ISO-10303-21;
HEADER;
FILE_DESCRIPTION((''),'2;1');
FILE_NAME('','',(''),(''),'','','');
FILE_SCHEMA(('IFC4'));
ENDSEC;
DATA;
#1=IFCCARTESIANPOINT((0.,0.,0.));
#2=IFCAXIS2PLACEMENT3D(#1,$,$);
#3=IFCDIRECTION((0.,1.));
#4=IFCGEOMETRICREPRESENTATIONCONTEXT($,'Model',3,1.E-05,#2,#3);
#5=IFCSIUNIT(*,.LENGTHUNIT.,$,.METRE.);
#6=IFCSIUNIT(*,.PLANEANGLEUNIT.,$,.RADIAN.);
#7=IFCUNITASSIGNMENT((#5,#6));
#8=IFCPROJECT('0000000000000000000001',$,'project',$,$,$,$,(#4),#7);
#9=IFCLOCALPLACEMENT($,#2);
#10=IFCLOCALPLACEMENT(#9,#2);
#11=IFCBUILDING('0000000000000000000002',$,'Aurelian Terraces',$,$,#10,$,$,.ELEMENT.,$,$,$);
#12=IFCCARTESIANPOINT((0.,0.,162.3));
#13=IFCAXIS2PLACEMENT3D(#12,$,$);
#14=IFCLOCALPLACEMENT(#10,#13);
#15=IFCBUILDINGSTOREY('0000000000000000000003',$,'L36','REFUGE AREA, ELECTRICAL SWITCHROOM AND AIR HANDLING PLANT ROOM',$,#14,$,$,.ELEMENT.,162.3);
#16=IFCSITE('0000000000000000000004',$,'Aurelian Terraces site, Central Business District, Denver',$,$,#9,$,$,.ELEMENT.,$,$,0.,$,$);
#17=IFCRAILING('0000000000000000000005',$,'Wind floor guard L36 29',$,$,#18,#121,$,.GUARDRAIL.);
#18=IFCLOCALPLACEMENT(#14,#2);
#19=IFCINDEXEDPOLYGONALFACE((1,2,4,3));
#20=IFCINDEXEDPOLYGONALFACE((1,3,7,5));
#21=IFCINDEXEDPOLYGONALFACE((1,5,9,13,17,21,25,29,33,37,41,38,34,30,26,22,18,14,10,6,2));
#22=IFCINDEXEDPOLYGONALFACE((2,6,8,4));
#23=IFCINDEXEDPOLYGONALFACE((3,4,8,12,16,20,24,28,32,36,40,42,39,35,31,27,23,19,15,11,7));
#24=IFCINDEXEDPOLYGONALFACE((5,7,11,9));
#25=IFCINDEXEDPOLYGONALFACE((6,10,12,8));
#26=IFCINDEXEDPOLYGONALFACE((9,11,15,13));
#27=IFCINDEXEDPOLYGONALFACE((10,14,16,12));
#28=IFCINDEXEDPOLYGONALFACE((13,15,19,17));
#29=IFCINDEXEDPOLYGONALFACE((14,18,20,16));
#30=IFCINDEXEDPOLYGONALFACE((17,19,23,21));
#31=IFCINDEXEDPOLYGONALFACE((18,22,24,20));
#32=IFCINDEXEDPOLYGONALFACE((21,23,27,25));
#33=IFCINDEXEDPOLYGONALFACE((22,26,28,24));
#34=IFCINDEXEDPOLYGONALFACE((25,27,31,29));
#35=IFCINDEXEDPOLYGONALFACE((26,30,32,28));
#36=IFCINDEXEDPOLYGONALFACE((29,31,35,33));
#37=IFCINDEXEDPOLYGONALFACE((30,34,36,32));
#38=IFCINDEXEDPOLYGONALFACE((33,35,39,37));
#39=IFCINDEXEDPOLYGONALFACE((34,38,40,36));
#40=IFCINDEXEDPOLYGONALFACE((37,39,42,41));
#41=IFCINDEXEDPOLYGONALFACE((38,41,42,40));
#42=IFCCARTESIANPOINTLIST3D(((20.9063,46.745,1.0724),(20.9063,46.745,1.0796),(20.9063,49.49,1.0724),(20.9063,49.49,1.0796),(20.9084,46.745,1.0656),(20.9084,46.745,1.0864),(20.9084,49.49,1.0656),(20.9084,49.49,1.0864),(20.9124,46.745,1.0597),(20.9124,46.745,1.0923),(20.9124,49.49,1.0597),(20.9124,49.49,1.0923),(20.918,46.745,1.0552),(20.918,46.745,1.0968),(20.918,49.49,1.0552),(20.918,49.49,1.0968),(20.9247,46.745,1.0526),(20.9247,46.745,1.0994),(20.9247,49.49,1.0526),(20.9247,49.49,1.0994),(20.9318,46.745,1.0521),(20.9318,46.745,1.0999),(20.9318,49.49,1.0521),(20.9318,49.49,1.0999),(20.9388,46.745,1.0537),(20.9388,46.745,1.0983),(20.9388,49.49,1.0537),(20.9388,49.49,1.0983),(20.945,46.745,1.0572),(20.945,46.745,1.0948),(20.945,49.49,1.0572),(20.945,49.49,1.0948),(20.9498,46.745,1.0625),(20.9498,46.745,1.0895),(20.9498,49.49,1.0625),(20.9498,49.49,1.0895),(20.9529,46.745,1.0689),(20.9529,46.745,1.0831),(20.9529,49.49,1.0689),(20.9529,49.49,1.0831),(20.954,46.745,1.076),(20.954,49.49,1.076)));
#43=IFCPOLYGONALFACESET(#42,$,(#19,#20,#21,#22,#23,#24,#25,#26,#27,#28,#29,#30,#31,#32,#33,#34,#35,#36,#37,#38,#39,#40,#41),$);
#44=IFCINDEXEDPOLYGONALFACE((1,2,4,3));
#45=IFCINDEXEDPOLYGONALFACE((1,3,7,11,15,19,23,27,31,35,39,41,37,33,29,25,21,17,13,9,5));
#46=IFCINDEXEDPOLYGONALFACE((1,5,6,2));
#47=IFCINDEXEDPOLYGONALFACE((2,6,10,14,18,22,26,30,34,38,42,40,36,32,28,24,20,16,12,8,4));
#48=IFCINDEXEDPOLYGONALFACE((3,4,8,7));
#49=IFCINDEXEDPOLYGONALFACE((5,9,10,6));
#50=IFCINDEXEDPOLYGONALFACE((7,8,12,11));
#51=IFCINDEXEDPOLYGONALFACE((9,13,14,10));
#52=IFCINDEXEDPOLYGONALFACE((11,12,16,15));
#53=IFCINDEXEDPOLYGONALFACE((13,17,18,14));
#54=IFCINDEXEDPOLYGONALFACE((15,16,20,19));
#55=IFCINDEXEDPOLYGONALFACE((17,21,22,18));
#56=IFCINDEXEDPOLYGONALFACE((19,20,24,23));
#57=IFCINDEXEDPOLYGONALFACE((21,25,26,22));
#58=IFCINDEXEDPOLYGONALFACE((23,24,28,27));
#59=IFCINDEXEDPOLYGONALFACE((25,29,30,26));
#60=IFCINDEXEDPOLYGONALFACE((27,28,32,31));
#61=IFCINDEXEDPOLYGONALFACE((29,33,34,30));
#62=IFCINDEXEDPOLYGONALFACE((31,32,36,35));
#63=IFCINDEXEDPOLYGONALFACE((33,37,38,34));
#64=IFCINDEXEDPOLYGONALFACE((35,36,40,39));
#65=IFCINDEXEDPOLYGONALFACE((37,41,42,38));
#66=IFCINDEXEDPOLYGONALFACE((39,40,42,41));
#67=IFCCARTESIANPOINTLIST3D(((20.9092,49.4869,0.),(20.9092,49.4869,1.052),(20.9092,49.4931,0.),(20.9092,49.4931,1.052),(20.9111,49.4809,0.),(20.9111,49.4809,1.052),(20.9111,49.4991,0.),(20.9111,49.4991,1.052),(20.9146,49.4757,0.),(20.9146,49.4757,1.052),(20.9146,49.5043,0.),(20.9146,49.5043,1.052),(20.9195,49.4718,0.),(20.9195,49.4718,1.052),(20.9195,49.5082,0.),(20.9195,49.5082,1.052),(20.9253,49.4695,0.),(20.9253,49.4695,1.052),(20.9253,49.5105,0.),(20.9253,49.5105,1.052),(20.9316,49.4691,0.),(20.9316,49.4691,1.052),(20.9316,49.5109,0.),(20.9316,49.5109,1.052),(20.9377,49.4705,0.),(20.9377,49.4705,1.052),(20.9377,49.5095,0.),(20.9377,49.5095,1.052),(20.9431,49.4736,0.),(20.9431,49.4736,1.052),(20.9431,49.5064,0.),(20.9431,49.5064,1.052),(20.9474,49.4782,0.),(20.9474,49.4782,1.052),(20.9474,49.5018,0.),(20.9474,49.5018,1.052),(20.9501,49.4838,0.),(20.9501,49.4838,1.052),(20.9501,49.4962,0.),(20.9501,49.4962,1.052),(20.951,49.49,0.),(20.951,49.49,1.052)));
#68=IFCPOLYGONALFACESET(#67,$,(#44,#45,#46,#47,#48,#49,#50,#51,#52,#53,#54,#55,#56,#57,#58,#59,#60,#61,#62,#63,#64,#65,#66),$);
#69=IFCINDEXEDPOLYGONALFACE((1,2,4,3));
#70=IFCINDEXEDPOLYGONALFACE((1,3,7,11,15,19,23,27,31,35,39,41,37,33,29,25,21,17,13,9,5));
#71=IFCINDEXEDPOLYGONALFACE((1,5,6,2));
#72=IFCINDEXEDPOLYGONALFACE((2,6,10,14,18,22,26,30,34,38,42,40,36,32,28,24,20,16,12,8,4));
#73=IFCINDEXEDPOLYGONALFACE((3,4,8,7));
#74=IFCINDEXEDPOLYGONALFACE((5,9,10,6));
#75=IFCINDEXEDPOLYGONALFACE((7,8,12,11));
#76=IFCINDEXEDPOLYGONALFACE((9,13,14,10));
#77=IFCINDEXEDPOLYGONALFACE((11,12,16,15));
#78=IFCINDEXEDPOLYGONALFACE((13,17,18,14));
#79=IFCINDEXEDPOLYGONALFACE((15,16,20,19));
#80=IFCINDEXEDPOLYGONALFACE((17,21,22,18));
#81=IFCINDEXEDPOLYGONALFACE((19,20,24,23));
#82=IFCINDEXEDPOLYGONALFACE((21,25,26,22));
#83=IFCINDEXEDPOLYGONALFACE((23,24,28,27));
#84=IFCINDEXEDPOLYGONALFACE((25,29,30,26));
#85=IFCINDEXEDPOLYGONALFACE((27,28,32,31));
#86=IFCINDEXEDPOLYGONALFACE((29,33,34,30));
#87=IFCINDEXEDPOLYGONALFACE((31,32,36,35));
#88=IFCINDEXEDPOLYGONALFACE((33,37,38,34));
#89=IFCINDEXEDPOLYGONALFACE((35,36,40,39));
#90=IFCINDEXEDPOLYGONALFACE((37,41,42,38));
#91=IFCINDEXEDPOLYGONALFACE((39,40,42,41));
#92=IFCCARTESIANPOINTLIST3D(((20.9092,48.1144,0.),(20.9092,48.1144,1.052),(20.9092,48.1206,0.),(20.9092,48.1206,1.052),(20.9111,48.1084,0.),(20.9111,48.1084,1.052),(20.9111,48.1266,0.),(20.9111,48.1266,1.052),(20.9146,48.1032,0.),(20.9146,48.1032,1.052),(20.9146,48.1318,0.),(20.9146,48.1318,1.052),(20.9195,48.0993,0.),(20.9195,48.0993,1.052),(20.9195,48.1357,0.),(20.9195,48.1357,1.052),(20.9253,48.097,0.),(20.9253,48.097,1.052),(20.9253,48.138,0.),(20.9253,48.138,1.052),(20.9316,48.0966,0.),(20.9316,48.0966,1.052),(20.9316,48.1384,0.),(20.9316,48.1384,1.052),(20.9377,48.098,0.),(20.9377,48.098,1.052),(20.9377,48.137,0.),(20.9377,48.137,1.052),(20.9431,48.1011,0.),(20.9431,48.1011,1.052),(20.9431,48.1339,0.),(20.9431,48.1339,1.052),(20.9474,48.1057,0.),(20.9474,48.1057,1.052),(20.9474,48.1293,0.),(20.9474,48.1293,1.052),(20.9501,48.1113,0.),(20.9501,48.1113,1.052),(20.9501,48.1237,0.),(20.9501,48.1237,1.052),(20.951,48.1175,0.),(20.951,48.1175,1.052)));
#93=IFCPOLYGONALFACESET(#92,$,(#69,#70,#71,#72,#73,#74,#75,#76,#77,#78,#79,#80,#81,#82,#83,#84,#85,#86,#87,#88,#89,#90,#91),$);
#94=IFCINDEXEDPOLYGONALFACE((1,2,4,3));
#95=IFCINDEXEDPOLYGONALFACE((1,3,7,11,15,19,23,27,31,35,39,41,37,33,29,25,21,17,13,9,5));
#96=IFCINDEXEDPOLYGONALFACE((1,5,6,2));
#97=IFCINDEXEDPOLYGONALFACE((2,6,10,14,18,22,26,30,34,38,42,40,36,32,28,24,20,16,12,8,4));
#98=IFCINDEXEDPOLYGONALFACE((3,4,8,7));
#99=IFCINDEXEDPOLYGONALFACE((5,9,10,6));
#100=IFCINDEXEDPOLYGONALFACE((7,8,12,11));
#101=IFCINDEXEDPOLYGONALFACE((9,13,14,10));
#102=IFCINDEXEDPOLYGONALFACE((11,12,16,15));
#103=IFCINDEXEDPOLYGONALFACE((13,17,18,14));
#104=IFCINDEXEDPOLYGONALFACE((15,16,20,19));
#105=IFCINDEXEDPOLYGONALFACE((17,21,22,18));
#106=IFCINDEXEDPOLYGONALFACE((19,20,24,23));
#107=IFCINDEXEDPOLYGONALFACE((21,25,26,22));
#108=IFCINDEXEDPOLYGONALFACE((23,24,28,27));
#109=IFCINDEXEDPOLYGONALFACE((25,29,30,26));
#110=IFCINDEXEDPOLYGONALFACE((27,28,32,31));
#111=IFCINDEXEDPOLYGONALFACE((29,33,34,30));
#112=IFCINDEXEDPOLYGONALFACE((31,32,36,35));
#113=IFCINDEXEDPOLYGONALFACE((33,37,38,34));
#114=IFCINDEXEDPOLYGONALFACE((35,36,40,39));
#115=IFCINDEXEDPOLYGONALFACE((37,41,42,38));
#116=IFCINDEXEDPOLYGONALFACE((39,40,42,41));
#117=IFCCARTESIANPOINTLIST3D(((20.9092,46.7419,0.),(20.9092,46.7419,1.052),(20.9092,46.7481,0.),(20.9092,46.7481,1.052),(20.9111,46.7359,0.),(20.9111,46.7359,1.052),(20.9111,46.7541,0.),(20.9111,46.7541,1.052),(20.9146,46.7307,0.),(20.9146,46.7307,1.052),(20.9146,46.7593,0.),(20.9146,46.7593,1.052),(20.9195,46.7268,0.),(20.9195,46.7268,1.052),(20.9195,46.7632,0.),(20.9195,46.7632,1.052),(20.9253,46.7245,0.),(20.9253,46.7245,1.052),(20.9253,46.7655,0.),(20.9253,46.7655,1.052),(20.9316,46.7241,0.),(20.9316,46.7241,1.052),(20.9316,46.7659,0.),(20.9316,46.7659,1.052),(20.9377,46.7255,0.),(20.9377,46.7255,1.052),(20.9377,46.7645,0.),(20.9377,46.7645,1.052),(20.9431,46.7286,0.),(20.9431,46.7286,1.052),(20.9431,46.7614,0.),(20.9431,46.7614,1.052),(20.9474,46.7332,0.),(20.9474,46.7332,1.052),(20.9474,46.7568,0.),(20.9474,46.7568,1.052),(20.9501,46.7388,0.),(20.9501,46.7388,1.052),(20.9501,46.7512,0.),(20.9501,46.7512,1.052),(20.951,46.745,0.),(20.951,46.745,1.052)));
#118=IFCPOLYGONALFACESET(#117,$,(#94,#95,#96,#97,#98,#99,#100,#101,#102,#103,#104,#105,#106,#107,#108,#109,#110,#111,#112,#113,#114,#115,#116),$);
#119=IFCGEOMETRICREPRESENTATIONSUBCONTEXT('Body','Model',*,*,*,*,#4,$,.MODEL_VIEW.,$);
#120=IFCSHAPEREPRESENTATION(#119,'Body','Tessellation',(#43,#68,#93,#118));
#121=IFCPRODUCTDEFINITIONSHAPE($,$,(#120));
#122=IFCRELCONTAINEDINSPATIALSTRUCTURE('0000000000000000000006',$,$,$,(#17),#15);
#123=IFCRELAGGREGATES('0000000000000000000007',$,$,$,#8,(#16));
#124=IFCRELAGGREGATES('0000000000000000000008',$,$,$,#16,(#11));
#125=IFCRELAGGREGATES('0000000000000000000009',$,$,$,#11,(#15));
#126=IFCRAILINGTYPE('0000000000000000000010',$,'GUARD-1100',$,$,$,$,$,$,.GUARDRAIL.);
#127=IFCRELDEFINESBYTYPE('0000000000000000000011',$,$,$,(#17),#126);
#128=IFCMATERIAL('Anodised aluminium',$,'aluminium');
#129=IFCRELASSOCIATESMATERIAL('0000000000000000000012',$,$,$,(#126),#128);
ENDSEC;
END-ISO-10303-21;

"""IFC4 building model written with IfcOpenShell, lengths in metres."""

from ifc_helpers import new_model, si_unit, direction, frame, origin, origin_2d, place, context, subcontext, project, spatial, circle, extrude, material, type_object, element, save


model = new_model("IFC4")

# Units and contexts
model_context = context("Model", 3, precision=1e-05, world=origin(), true_north=direction((0.0, 1.0)))
body_context = subcontext(model_context, "Body", "Model", "MODEL_VIEW")
ifc_project = project(units=[si_unit("LENGTHUNIT", "METRE"), si_unit("PLANEANGLEUNIT", "RADIAN")], contexts=[model_context])

# Site, building, storey
site_placement = place(None, origin())
site = spatial("IfcSite", under=ifc_project, at=site_placement, Name="Aurelian Terraces site, Central Business District, Denver", CompositionType="ELEMENT", RefElevation=0.0)
building_placement = place(site_placement, origin())
building = spatial("IfcBuilding", under=site, at=building_placement, Name="Aurelian Terraces", CompositionType="ELEMENT")
storey_placement = place(building_placement, frame((0.0, 0.0, 162.3)))
storey = spatial("IfcBuildingStorey", under=building, at=storey_placement, Name="L36", Description="REFUGE AREA, ELECTRICAL SWITCHROOM AND AIR HANDLING PLANT ROOM", CompositionType="ELEMENT", Elevation=162.3)

# Railing
ifc_material_1 = material(Name="Anodised aluminium", Category="aluminium")
railing_type = type_object("IfcRailingType", Name="GUARD-1100", PredefinedType="GUARDRAIL", material=ifc_material_1)
railing_1_placement = place(storey_placement, frame((20.93, 49.49, 0.0)))
element("IfcRailing", 1, at=railing_1_placement, inside=storey, type_object=railing_type, Name="Wind floor guard L36 29", PredefinedType="GUARDRAIL", context=body_context, shape_type="SweptSolid", body=[
    extrude(circle(Radius=0.024, at=origin_2d()), frame((0.0, 0.0, 1.076), z_axis=(0.0, -1.0, 0.0), x_axis=(1.0, 0.0, 0.0)), (0.0, 0.0, 1.0), 2.745),
    extrude(circle(Radius=0.021, at=origin_2d()), origin(), (0.0, 0.0, 1.0), 1.052),
    extrude(circle(Radius=0.021, at=origin_2d()), frame((0.0, -1.3725, 0.0)), (0.0, 0.0, 1.0), 1.052),
    extrude(circle(Radius=0.021, at=origin_2d()), frame((0.0, -2.745, 0.0)), (0.0, 0.0, 1.0), 1.052),
])

save(model, "model.ifc")
